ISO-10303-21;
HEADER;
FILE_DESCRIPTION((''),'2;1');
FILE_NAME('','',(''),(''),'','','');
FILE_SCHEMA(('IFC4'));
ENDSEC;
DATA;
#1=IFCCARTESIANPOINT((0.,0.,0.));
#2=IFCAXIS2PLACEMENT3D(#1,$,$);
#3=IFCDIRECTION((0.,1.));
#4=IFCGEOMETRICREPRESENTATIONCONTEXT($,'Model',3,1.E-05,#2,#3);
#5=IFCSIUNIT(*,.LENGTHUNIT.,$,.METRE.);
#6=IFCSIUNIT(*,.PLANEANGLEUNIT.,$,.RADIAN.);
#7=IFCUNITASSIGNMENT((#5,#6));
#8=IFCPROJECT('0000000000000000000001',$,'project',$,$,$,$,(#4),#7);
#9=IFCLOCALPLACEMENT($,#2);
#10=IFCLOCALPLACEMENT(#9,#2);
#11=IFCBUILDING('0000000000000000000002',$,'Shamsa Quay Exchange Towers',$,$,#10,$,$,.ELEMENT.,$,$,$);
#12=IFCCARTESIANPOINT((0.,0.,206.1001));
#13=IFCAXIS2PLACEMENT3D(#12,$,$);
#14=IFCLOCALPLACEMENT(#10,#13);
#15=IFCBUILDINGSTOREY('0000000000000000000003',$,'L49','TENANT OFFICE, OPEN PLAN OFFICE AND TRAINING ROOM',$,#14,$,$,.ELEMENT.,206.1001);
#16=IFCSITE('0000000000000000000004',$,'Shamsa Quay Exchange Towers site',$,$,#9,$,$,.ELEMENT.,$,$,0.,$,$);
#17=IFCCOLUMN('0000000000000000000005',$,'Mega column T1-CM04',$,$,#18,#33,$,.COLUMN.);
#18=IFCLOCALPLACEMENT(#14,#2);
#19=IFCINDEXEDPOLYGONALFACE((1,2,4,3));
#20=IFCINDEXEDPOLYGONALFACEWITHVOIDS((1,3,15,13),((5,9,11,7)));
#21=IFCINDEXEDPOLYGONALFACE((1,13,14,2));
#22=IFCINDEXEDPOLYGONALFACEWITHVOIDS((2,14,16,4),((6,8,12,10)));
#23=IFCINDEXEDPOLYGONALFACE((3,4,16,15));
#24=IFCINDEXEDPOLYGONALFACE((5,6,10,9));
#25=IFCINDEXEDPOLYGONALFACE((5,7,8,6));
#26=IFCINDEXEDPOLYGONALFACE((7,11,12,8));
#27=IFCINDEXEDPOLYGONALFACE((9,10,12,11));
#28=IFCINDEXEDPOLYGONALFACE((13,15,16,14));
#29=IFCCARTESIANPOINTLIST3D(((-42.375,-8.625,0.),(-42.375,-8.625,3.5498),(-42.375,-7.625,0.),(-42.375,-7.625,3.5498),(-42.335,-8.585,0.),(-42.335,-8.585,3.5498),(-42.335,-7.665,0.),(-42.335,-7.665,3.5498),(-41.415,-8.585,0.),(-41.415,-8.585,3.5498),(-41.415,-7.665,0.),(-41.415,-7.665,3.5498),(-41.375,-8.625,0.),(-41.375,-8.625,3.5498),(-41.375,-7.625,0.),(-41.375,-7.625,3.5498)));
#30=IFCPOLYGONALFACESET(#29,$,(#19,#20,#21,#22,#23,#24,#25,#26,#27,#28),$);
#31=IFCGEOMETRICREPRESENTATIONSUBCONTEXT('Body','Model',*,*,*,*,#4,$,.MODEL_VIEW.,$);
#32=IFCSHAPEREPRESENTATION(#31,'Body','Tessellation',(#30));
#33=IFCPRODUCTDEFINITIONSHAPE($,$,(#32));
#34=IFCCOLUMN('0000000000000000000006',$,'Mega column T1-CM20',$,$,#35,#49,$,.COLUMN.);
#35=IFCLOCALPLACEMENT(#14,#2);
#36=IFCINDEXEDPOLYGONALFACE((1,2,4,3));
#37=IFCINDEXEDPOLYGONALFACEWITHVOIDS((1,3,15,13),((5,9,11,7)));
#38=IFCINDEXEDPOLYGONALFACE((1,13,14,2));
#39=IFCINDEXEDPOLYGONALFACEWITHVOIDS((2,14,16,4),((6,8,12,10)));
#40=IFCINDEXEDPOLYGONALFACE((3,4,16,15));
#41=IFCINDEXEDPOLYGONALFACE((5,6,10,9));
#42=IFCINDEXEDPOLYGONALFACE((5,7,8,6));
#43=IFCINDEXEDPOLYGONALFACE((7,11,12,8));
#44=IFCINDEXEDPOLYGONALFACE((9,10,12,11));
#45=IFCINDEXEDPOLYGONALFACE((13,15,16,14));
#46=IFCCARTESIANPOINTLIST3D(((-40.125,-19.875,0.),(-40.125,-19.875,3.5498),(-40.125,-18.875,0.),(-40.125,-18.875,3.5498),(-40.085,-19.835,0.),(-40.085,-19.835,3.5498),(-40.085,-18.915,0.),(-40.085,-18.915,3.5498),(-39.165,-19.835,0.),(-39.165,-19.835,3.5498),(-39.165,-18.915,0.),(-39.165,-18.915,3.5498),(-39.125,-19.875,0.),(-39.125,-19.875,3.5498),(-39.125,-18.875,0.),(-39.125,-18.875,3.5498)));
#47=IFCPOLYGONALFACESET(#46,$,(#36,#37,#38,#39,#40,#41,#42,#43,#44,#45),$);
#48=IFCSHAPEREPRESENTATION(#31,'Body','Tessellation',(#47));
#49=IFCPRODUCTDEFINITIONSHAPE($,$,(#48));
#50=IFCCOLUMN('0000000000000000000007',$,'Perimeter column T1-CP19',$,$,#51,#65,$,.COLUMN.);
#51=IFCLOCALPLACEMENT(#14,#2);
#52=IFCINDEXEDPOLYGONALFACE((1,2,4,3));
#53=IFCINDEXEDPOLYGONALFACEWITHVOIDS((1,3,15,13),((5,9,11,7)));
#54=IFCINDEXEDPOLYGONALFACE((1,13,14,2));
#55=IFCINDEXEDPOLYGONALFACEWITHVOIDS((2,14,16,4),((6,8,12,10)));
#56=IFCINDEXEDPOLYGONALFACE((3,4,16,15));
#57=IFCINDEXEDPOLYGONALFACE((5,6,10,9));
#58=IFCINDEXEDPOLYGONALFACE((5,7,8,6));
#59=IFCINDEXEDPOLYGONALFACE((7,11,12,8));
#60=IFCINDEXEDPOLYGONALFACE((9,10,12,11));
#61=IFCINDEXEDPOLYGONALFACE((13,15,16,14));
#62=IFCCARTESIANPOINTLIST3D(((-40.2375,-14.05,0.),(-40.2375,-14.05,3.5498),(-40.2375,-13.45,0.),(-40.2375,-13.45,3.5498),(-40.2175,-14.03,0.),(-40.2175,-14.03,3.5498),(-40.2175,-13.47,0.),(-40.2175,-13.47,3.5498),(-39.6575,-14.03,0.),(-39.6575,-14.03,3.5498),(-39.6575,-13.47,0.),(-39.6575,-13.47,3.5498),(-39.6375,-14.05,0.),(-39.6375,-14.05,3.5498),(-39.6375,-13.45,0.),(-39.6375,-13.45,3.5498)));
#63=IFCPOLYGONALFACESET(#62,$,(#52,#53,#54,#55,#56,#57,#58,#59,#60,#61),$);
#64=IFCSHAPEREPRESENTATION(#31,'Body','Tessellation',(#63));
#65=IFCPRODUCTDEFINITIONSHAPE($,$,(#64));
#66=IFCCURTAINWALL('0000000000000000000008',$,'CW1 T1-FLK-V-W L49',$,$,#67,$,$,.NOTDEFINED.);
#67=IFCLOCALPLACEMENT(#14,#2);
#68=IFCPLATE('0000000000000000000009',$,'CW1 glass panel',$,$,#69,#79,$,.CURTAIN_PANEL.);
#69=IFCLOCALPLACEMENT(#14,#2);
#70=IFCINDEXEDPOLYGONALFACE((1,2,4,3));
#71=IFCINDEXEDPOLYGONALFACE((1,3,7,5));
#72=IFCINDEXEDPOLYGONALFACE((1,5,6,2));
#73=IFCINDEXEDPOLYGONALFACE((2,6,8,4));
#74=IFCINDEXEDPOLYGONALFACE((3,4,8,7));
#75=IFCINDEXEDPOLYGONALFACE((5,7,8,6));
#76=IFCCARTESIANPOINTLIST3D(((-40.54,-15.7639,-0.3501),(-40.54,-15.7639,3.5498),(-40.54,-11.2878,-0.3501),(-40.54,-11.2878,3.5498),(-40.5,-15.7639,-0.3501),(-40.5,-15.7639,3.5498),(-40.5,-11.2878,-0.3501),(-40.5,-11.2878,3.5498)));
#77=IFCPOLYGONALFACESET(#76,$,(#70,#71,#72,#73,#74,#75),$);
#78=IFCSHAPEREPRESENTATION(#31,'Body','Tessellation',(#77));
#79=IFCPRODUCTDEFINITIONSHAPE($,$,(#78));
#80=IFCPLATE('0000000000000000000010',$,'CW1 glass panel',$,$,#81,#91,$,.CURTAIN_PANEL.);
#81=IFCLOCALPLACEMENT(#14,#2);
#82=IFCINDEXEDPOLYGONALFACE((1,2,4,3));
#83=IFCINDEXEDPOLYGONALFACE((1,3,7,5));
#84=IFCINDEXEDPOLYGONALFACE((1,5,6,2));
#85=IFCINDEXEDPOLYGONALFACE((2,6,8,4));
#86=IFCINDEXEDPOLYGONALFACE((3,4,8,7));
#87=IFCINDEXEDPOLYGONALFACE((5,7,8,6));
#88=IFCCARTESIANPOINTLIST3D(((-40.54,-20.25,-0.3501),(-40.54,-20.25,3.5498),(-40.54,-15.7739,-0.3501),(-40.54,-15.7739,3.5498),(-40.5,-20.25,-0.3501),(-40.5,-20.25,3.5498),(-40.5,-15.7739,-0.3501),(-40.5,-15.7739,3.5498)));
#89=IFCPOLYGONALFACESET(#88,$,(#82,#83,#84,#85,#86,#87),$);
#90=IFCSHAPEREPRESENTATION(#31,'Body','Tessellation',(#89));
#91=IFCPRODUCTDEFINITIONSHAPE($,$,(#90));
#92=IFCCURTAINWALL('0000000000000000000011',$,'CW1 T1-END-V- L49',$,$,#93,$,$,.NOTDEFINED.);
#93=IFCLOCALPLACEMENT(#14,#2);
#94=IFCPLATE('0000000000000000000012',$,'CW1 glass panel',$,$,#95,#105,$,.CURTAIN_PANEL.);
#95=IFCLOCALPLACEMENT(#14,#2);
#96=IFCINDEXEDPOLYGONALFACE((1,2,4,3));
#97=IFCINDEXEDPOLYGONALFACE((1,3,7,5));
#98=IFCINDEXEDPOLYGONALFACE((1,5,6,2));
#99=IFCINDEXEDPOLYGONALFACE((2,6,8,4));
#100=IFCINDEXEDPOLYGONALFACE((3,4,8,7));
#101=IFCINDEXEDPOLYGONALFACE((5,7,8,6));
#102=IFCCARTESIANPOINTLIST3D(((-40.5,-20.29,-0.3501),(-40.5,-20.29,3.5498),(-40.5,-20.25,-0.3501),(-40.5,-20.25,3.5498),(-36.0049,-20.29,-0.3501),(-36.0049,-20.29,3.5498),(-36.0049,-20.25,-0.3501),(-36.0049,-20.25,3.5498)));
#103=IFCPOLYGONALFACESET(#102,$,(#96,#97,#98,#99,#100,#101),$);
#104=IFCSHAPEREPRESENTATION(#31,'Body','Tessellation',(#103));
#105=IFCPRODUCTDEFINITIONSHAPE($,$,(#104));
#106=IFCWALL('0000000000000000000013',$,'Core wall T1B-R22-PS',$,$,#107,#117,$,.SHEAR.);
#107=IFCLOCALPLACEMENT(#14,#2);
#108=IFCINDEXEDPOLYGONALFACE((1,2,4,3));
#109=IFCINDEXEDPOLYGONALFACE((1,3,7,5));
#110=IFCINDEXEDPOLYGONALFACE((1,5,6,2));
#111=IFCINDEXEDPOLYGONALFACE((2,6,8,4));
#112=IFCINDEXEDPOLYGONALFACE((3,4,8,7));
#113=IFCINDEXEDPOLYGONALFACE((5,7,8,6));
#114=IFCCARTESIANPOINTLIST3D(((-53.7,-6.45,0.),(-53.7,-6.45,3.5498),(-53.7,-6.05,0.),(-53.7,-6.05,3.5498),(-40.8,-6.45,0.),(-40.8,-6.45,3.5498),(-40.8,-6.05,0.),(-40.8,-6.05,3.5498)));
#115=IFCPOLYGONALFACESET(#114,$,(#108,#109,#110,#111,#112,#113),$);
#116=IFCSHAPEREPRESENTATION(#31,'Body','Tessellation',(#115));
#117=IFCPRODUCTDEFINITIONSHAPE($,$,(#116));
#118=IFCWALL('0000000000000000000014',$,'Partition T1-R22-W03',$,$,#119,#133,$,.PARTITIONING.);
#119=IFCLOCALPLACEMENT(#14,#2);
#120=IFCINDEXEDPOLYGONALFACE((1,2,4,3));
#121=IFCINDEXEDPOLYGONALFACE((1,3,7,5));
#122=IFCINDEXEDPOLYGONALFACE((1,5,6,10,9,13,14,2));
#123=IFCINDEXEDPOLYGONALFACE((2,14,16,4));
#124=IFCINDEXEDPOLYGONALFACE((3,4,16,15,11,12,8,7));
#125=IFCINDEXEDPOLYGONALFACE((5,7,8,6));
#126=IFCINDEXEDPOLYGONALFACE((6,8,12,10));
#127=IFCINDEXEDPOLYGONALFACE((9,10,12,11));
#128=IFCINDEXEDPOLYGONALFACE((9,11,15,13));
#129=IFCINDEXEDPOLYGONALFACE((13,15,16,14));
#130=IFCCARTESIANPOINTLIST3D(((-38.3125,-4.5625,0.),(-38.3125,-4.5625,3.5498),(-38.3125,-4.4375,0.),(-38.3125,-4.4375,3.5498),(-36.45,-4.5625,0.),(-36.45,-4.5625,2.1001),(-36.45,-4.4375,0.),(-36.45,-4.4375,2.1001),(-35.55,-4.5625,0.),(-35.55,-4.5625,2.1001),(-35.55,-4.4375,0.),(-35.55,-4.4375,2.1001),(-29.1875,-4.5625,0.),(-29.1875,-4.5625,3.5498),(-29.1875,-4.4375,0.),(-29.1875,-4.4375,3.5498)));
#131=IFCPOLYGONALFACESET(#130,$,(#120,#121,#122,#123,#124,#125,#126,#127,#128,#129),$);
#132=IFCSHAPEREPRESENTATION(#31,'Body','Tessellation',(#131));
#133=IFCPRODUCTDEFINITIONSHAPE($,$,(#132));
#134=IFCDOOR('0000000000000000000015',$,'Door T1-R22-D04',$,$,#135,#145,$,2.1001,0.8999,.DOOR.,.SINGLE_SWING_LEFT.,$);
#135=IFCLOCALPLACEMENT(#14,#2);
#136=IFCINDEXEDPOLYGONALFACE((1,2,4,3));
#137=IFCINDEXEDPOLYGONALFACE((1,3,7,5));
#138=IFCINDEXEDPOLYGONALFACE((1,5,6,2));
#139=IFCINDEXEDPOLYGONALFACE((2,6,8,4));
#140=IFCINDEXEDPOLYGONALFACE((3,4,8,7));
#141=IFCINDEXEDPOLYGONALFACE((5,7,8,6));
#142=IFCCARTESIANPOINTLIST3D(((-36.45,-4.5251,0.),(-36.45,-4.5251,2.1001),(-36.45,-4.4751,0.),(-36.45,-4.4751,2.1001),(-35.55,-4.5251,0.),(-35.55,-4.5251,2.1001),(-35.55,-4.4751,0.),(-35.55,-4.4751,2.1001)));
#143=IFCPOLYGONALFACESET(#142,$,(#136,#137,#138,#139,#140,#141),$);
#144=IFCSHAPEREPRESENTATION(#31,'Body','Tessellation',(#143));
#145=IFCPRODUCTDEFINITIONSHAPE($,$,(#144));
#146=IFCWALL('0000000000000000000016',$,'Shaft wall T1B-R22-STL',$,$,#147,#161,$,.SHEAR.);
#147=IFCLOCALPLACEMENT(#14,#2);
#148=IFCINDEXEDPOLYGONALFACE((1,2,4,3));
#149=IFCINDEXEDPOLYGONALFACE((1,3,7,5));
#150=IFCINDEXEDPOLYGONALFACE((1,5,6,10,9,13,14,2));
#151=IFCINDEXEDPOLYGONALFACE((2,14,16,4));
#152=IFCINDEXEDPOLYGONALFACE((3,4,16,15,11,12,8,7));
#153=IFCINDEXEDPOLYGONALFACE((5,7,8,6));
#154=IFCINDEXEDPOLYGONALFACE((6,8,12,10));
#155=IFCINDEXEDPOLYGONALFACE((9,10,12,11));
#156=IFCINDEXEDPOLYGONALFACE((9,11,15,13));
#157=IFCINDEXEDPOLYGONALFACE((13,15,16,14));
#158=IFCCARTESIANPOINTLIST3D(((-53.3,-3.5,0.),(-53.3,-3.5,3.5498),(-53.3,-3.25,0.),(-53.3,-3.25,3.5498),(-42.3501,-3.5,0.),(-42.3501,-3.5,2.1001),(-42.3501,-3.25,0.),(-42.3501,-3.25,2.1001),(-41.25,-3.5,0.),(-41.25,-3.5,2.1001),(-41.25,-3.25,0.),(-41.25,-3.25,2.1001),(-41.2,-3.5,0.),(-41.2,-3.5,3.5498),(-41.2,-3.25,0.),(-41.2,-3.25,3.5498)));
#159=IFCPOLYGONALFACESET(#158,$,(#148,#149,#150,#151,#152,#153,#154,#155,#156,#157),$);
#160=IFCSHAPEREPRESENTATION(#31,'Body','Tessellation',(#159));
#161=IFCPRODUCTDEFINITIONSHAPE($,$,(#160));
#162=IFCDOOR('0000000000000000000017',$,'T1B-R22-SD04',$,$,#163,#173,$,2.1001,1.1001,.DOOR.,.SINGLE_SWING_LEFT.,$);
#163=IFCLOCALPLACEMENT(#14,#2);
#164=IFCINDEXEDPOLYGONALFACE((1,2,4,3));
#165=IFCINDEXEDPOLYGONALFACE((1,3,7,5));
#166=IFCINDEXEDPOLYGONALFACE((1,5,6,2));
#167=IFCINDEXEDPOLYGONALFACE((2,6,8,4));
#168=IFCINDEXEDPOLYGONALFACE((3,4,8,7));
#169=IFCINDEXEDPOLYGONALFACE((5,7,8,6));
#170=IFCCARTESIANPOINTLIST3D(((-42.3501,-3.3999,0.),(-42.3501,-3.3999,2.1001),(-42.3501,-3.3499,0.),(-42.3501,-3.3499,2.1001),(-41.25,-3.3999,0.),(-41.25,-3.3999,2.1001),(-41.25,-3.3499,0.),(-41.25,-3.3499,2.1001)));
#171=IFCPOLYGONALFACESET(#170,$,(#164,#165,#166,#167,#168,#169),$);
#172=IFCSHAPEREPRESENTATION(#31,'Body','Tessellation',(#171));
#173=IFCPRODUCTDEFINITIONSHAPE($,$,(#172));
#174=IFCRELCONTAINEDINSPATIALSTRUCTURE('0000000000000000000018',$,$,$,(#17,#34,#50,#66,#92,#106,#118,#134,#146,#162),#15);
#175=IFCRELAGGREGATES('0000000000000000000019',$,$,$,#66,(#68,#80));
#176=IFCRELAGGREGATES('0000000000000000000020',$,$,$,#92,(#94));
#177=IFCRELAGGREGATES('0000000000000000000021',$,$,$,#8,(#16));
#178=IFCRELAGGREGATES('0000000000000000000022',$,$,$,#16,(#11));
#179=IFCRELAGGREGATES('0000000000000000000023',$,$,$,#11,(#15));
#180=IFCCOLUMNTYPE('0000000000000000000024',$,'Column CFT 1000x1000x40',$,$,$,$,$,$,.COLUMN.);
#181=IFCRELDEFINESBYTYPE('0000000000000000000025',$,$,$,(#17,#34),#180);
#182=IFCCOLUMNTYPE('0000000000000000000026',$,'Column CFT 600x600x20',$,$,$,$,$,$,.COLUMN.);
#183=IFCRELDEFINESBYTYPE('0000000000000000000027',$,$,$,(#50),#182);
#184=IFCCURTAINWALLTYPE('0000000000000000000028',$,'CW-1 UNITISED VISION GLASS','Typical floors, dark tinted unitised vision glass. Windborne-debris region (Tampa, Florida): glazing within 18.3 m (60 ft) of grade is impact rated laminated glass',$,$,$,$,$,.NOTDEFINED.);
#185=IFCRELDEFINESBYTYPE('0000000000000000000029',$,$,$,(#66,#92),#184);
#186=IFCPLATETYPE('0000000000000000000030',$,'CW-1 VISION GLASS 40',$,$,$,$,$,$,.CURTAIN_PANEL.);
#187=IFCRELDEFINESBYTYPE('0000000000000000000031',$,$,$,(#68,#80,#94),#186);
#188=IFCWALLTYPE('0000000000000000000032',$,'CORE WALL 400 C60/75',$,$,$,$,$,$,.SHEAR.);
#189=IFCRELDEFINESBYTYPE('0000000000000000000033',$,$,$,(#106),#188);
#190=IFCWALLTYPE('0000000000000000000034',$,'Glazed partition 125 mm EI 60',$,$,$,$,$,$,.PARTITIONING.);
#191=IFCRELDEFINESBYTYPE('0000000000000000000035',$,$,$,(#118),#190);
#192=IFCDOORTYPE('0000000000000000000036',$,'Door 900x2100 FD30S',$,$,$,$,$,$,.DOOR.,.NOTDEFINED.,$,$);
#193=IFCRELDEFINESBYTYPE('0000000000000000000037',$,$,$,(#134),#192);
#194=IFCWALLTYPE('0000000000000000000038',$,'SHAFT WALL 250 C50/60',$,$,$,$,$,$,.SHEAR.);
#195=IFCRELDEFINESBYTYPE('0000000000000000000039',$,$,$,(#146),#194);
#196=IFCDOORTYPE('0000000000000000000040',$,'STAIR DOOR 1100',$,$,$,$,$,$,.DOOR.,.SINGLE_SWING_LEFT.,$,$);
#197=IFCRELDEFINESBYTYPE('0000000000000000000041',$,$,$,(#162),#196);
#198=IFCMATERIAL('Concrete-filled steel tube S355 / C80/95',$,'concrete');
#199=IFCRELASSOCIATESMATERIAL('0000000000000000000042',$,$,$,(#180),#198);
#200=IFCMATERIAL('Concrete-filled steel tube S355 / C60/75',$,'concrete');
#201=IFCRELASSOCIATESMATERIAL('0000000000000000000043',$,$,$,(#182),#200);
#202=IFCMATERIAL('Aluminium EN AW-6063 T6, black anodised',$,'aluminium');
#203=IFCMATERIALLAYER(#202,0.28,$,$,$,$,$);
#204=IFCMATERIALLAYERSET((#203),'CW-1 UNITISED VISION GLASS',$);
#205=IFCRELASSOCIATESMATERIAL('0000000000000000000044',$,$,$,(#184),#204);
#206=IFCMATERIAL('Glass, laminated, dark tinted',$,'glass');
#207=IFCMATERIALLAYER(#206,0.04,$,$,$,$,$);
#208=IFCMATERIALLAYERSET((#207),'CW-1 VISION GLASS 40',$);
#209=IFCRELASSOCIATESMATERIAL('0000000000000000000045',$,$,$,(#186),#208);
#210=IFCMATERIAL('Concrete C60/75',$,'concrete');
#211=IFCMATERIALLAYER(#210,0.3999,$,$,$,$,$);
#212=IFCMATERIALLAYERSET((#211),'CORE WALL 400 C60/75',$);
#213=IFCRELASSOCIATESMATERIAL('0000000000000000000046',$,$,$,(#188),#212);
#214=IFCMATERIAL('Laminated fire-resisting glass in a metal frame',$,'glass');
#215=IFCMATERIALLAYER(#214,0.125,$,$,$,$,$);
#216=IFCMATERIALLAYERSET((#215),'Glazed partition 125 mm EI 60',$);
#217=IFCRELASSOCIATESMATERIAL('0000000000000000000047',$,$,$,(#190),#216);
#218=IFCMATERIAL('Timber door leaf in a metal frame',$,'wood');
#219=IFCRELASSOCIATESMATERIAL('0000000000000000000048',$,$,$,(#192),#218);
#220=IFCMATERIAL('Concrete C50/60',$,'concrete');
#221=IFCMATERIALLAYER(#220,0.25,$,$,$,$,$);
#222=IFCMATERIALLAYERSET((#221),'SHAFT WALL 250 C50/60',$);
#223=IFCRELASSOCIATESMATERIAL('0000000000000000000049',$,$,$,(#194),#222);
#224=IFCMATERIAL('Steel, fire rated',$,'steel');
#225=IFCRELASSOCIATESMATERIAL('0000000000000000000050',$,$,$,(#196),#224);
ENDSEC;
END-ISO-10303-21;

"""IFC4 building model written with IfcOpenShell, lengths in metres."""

from ifc_helpers import new_model, si_unit, direction, frame, frame_2d, origin, origin_2d, place, context, subcontext, project, spatial, rectangle, hollow_rectangle, extrude, material, layer, layer_set, material_profile, profile_set, type_object, element, fill, aggregate, save


model = new_model("IFC4")

# Units and contexts
model_context = context("Model", 3, precision=1e-05, world=origin(), true_north=direction((0.0, 1.0)))
body_context = subcontext(model_context, "Body", "Model", "MODEL_VIEW")
ifc_project = project(units=[si_unit("LENGTHUNIT", "METRE"), si_unit("PLANEANGLEUNIT", "RADIAN")], contexts=[model_context])

# Site, building, storey
site_placement = place(None, origin())
site = spatial("IfcSite", under=ifc_project, at=site_placement, Name="Shamsa Quay Exchange Towers site", CompositionType="ELEMENT", RefElevation=0.0)
building_placement = place(site_placement, origin())
building = spatial("IfcBuilding", under=site, at=building_placement, Name="Shamsa Quay Exchange Towers", CompositionType="ELEMENT")
storey_placement = place(building_placement, frame((0.0, 0.0, 206.1001)))
storey = spatial("IfcBuildingStorey", under=building, at=storey_placement, Name="L49", Description="TENANT OFFICE, OPEN PLAN OFFICE AND TRAINING ROOM", CompositionType="ELEMENT", Elevation=206.1001)

# Columns
ifc_material_1 = material(Name="Concrete-filled steel tube S355 / C80/95", Category="concrete")
ifc_material_profile_1 = material_profile(ifc_material_1, hollow_rectangle(XDim=1.0, YDim=1.0, WallThickness=0.04, at=origin_2d()), Name="CFT 1000x1000x40")
ifc_profile_set_1 = profile_set([ifc_material_profile_1], Name="Concrete-filled steel tube S355 / C80/95")
column_type_1 = type_object("IfcColumnType", Name="Column CFT 1000x1000x40", PredefinedType="COLUMN", material=ifc_profile_set_1)
for number, where, name in (
    (1, (-41.875, -8.125, 0.0), "Mega column T1-CM04"),
    (2, (-39.625, -19.375, 0.0), "Mega column T1-CM20"),
):
    element("IfcColumn", number, at=place(storey_placement, frame(where)), inside=storey, type_object=column_type_1, Name=name, PredefinedType="COLUMN", context=body_context, shape_type="SweptSolid", body=[
        extrude(hollow_rectangle(XDim=1.0, YDim=1.0, WallThickness=0.04, at=origin_2d()), origin(), (0.0, 0.0, 1.0), 3.5498),
    ])
ifc_material_2 = material(Name="Concrete-filled steel tube S355 / C60/75", Category="concrete")
ifc_material_profile_2 = material_profile(ifc_material_2, hollow_rectangle(XDim=0.6001, YDim=0.6001, WallThickness=0.02, at=origin_2d()), Name="CFT 600x600x20")
ifc_profile_set_2 = profile_set([ifc_material_profile_2], Name="Concrete-filled steel tube S355 / C60/75")
column_type_2 = type_object("IfcColumnType", Name="Column CFT 600x600x20", PredefinedType="COLUMN", material=ifc_profile_set_2)
column_placement = place(storey_placement, frame((-39.9375, -13.75, 0.0)))
element("IfcColumn", 3, at=column_placement, inside=storey, type_object=column_type_2, Name="Perimeter column T1-CP19", PredefinedType="COLUMN", context=body_context, shape_type="SweptSolid", body=[
    extrude(hollow_rectangle(XDim=0.6001, YDim=0.6001, WallThickness=0.02, at=origin_2d()), origin(), (0.0, 0.0, 1.0), 3.5498),
])

# Curtain wall, plates
ifc_material_3 = material(Name="Aluminium EN AW-6063 T6, black anodised", Category="aluminium")
ifc_layer_1 = layer(ifc_material_3, 0.28)
ifc_layer_set_1 = layer_set([ifc_layer_1], Name="CW-1 UNITISED VISION GLASS")
curtain_wall_type = type_object("IfcCurtainWallType", Name="CW-1 UNITISED VISION GLASS", Description="Typical floors, dark tinted unitised vision glass. Windborne-debris region (Tampa, Florida): glazing within 18.3 m (60 ft) of grade is impact rated laminated glass", PredefinedType="NOTDEFINED", material=ifc_layer_set_1)
curtain_wall_1_placement = place(storey_placement, origin())
curtain_wall_1 = element("IfcCurtainWall", 4, at=curtain_wall_1_placement, inside=storey, type_object=curtain_wall_type, Name="CW1 T1-FLK-V-W L49", PredefinedType="NOTDEFINED")
ifc_material_4 = material(Name="Glass, laminated, dark tinted", Category="glass")
ifc_layer_2 = layer(ifc_material_4, 0.04)
ifc_layer_set_2 = layer_set([ifc_layer_2], Name="CW-1 VISION GLASS 40")
plate_type = type_object("IfcPlateType", Name="CW-1 VISION GLASS 40", PredefinedType="CURTAIN_PANEL", material=ifc_layer_set_2)
plate_1_placement = place(storey_placement, frame((-40.52, -13.5259, -0.3501), z_axis=(0.0, 0.0, 1.0), x_axis=(0.0, -1.0, 0.0)))
plate_1 = element("IfcPlate", 5, at=plate_1_placement, type_object=plate_type, Name="CW1 glass panel", PredefinedType="CURTAIN_PANEL", context=body_context, shape_type="SweptSolid", body=[
    extrude(rectangle(XDim=4.4761, YDim=0.04, at=origin_2d()), origin(), (0.0, 0.0, 1.0), 3.8999),
])
plate_2_placement = place(storey_placement, frame((-40.52, -18.012, -0.3501), z_axis=(0.0, 0.0, 1.0), x_axis=(0.0, -1.0, 0.0)))
plate_2 = element("IfcPlate", 6, at=plate_2_placement, type_object=plate_type, Name="CW1 glass panel", PredefinedType="CURTAIN_PANEL", context=body_context, shape_type="SweptSolid", body=[
    extrude(rectangle(XDim=4.4761, YDim=0.04, at=origin_2d()), origin(), (0.0, 0.0, 1.0), 3.8999),
])
aggregate(curtain_wall_1, [plate_1, plate_2])

# Curtain wall, plate
curtain_wall_2_placement = place(storey_placement, origin())
curtain_wall_2 = element("IfcCurtainWall", 7, at=curtain_wall_2_placement, inside=storey, type_object=curtain_wall_type, Name="CW1 T1-END-V- L49", PredefinedType="NOTDEFINED")
plate_3_placement = place(storey_placement, frame((-38.2524, -20.27, -0.3501)))
plate_3 = element("IfcPlate", 8, at=plate_3_placement, type_object=plate_type, Name="CW1 glass panel", PredefinedType="CURTAIN_PANEL", context=body_context, shape_type="SweptSolid", body=[
    extrude(rectangle(XDim=4.4951, YDim=0.04, at=origin_2d()), origin(), (0.0, 0.0, 1.0), 3.8999),
])
aggregate(curtain_wall_2, [plate_3])

# Wall
ifc_material_5 = material(Name="Concrete C60/75", Category="concrete")
ifc_layer_3 = layer(ifc_material_5, 0.3999)
ifc_layer_set_3 = layer_set([ifc_layer_3], Name="CORE WALL 400 C60/75")
wall_type_1 = type_object("IfcWallType", Name="CORE WALL 400 C60/75", PredefinedType="SHEAR", material=ifc_layer_set_3)
wall_1_placement = place(storey_placement, frame((-40.8, -6.25, 0.0), z_axis=(0.0, 0.0, 1.0), x_axis=(-1.0, 0.0, 0.0)))
element("IfcWall", 9, at=wall_1_placement, inside=storey, type_object=wall_type_1, Name="Core wall T1B-R22-PS", PredefinedType="SHEAR", context=body_context, shape_type="SweptSolid", body=[
    extrude(rectangle(XDim=12.8999, YDim=0.3999, at=frame_2d((6.45, 0.0))), origin(), (0.0, 0.0, 1.0), 3.5498),
])

# Walls, openings, doors
ifc_material_6 = material(Name="Steel, fire rated", Category="steel")
ifc_material_7 = material(Name="Laminated fire-resisting glass in a metal frame", Category="glass")
ifc_layer_4 = layer(ifc_material_7, 0.125)
ifc_layer_set_4 = layer_set([ifc_layer_4], Name="Glazed partition 125 mm EI 60")
wall_type_2 = type_object("IfcWallType", Name="Glazed partition 125 mm EI 60", PredefinedType="PARTITIONING", material=ifc_layer_set_4)
wall_2_placement = place(storey_placement, frame((-38.3125, -4.5, 0.0)))
wall_2 = element("IfcWall", 10, at=wall_2_placement, inside=storey, type_object=wall_type_2, Name="Partition T1-R22-W03", PredefinedType="PARTITIONING", context=body_context, shape_type="SweptSolid", body=[
    extrude(rectangle(XDim=9.125, YDim=0.125, at=frame_2d((4.5625, 0.0))), origin(), (0.0, 0.0, 1.0), 3.5498),
])
opening_1_placement = place(wall_2_placement, frame((1.8625, 0.0, 0.0)))
opening_1 = element("IfcOpeningElement", 11, at=opening_1_placement, cuts=wall_2, PredefinedType="OPENING", context=body_context, shape_type="SweptSolid", body=[
    extrude(rectangle(XDim=0.8999, YDim=2.1001, at=frame_2d((0.45, 1.05))), frame((0.0, 0.0725, 0.0), z_axis=(0.0, -1.0, 0.0), x_axis=(1.0, 0.0, 0.0)), (0.0, 0.0, 1.0), 0.145),
])
ifc_material_8 = material(Name="Timber door leaf in a metal frame", Category="wood")
door_type_1 = type_object("IfcDoorType", Name="Door 900x2100 FD30S", OperationType="NOTDEFINED", PredefinedType="DOOR", material=ifc_material_8)
door_1_placement = place(opening_1_placement, origin())
door_1 = element("IfcDoor", 12, at=door_1_placement, inside=storey, type_object=door_type_1, Name="Door T1-R22-D04", OperationType="SINGLE_SWING_LEFT", OverallHeight=2.1001, OverallWidth=0.8999, PredefinedType="DOOR", context=body_context, shape_type="SweptSolid", body=[
    extrude(rectangle(XDim=0.8999, YDim=2.1001, at=frame_2d((0.45, 1.05))), frame((0.0, 0.0249, 0.0), z_axis=(0.0, -1.0, 0.0), x_axis=(1.0, 0.0, 0.0)), (0.0, 0.0, 1.0), 0.05),
])
fill(opening_1, door_1)
ifc_material_9 = material(Name="Concrete C50/60", Category="concrete")
ifc_layer_5 = layer(ifc_material_9, 0.25)
ifc_layer_set_5 = layer_set([ifc_layer_5], Name="SHAFT WALL 250 C50/60")
wall_type_3 = type_object("IfcWallType", Name="SHAFT WALL 250 C50/60", PredefinedType="SHEAR", material=ifc_layer_set_5)
wall_3_placement = place(storey_placement, frame((-41.2, -3.375, 0.0), z_axis=(0.0, 0.0, 1.0), x_axis=(-1.0, 0.0, 0.0)))
wall_3 = element("IfcWall", 13, at=wall_3_placement, inside=storey, type_object=wall_type_3, Name="Shaft wall T1B-R22-STL", PredefinedType="SHEAR", context=body_context, shape_type="SweptSolid", body=[
    extrude(rectangle(XDim=12.1001, YDim=0.25, at=frame_2d((6.05, 0.0))), origin(), (0.0, 0.0, 1.0), 3.5498),
])
opening_2_placement = place(wall_3_placement, frame((0.05, 0.0, 0.0)))
opening_2 = element("IfcOpeningElement", 14, at=opening_2_placement, cuts=wall_3, PredefinedType="OPENING", context=body_context, shape_type="SweptSolid", body=[
    extrude(rectangle(XDim=1.1001, YDim=2.1001, at=frame_2d((0.55, 1.05))), frame((0.0, 0.135, 0.0), z_axis=(0.0, -1.0, 0.0), x_axis=(1.0, 0.0, 0.0)), (0.0, 0.0, 1.0), 0.27),
])
door_type_2 = type_object("IfcDoorType", Name="STAIR DOOR 1100", OperationType="SINGLE_SWING_LEFT", PredefinedType="DOOR", material=ifc_material_6)
door_2_placement = place(opening_2_placement, origin())
door_2 = element("IfcDoor", 15, at=door_2_placement, inside=storey, type_object=door_type_2, Name="T1B-R22-SD04", OperationType="SINGLE_SWING_LEFT", OverallHeight=2.1001, OverallWidth=1.1001, PredefinedType="DOOR", context=body_context, shape_type="SweptSolid", body=[
    extrude(rectangle(XDim=1.1001, YDim=2.1001, at=frame_2d((0.55, 1.05))), frame((0.0, 0.0249, 0.0), z_axis=(0.0, -1.0, 0.0), x_axis=(1.0, 0.0, 0.0)), (0.0, 0.0, 1.0), 0.05),
])
fill(opening_2, door_2)

save(model, "model.ifc")
